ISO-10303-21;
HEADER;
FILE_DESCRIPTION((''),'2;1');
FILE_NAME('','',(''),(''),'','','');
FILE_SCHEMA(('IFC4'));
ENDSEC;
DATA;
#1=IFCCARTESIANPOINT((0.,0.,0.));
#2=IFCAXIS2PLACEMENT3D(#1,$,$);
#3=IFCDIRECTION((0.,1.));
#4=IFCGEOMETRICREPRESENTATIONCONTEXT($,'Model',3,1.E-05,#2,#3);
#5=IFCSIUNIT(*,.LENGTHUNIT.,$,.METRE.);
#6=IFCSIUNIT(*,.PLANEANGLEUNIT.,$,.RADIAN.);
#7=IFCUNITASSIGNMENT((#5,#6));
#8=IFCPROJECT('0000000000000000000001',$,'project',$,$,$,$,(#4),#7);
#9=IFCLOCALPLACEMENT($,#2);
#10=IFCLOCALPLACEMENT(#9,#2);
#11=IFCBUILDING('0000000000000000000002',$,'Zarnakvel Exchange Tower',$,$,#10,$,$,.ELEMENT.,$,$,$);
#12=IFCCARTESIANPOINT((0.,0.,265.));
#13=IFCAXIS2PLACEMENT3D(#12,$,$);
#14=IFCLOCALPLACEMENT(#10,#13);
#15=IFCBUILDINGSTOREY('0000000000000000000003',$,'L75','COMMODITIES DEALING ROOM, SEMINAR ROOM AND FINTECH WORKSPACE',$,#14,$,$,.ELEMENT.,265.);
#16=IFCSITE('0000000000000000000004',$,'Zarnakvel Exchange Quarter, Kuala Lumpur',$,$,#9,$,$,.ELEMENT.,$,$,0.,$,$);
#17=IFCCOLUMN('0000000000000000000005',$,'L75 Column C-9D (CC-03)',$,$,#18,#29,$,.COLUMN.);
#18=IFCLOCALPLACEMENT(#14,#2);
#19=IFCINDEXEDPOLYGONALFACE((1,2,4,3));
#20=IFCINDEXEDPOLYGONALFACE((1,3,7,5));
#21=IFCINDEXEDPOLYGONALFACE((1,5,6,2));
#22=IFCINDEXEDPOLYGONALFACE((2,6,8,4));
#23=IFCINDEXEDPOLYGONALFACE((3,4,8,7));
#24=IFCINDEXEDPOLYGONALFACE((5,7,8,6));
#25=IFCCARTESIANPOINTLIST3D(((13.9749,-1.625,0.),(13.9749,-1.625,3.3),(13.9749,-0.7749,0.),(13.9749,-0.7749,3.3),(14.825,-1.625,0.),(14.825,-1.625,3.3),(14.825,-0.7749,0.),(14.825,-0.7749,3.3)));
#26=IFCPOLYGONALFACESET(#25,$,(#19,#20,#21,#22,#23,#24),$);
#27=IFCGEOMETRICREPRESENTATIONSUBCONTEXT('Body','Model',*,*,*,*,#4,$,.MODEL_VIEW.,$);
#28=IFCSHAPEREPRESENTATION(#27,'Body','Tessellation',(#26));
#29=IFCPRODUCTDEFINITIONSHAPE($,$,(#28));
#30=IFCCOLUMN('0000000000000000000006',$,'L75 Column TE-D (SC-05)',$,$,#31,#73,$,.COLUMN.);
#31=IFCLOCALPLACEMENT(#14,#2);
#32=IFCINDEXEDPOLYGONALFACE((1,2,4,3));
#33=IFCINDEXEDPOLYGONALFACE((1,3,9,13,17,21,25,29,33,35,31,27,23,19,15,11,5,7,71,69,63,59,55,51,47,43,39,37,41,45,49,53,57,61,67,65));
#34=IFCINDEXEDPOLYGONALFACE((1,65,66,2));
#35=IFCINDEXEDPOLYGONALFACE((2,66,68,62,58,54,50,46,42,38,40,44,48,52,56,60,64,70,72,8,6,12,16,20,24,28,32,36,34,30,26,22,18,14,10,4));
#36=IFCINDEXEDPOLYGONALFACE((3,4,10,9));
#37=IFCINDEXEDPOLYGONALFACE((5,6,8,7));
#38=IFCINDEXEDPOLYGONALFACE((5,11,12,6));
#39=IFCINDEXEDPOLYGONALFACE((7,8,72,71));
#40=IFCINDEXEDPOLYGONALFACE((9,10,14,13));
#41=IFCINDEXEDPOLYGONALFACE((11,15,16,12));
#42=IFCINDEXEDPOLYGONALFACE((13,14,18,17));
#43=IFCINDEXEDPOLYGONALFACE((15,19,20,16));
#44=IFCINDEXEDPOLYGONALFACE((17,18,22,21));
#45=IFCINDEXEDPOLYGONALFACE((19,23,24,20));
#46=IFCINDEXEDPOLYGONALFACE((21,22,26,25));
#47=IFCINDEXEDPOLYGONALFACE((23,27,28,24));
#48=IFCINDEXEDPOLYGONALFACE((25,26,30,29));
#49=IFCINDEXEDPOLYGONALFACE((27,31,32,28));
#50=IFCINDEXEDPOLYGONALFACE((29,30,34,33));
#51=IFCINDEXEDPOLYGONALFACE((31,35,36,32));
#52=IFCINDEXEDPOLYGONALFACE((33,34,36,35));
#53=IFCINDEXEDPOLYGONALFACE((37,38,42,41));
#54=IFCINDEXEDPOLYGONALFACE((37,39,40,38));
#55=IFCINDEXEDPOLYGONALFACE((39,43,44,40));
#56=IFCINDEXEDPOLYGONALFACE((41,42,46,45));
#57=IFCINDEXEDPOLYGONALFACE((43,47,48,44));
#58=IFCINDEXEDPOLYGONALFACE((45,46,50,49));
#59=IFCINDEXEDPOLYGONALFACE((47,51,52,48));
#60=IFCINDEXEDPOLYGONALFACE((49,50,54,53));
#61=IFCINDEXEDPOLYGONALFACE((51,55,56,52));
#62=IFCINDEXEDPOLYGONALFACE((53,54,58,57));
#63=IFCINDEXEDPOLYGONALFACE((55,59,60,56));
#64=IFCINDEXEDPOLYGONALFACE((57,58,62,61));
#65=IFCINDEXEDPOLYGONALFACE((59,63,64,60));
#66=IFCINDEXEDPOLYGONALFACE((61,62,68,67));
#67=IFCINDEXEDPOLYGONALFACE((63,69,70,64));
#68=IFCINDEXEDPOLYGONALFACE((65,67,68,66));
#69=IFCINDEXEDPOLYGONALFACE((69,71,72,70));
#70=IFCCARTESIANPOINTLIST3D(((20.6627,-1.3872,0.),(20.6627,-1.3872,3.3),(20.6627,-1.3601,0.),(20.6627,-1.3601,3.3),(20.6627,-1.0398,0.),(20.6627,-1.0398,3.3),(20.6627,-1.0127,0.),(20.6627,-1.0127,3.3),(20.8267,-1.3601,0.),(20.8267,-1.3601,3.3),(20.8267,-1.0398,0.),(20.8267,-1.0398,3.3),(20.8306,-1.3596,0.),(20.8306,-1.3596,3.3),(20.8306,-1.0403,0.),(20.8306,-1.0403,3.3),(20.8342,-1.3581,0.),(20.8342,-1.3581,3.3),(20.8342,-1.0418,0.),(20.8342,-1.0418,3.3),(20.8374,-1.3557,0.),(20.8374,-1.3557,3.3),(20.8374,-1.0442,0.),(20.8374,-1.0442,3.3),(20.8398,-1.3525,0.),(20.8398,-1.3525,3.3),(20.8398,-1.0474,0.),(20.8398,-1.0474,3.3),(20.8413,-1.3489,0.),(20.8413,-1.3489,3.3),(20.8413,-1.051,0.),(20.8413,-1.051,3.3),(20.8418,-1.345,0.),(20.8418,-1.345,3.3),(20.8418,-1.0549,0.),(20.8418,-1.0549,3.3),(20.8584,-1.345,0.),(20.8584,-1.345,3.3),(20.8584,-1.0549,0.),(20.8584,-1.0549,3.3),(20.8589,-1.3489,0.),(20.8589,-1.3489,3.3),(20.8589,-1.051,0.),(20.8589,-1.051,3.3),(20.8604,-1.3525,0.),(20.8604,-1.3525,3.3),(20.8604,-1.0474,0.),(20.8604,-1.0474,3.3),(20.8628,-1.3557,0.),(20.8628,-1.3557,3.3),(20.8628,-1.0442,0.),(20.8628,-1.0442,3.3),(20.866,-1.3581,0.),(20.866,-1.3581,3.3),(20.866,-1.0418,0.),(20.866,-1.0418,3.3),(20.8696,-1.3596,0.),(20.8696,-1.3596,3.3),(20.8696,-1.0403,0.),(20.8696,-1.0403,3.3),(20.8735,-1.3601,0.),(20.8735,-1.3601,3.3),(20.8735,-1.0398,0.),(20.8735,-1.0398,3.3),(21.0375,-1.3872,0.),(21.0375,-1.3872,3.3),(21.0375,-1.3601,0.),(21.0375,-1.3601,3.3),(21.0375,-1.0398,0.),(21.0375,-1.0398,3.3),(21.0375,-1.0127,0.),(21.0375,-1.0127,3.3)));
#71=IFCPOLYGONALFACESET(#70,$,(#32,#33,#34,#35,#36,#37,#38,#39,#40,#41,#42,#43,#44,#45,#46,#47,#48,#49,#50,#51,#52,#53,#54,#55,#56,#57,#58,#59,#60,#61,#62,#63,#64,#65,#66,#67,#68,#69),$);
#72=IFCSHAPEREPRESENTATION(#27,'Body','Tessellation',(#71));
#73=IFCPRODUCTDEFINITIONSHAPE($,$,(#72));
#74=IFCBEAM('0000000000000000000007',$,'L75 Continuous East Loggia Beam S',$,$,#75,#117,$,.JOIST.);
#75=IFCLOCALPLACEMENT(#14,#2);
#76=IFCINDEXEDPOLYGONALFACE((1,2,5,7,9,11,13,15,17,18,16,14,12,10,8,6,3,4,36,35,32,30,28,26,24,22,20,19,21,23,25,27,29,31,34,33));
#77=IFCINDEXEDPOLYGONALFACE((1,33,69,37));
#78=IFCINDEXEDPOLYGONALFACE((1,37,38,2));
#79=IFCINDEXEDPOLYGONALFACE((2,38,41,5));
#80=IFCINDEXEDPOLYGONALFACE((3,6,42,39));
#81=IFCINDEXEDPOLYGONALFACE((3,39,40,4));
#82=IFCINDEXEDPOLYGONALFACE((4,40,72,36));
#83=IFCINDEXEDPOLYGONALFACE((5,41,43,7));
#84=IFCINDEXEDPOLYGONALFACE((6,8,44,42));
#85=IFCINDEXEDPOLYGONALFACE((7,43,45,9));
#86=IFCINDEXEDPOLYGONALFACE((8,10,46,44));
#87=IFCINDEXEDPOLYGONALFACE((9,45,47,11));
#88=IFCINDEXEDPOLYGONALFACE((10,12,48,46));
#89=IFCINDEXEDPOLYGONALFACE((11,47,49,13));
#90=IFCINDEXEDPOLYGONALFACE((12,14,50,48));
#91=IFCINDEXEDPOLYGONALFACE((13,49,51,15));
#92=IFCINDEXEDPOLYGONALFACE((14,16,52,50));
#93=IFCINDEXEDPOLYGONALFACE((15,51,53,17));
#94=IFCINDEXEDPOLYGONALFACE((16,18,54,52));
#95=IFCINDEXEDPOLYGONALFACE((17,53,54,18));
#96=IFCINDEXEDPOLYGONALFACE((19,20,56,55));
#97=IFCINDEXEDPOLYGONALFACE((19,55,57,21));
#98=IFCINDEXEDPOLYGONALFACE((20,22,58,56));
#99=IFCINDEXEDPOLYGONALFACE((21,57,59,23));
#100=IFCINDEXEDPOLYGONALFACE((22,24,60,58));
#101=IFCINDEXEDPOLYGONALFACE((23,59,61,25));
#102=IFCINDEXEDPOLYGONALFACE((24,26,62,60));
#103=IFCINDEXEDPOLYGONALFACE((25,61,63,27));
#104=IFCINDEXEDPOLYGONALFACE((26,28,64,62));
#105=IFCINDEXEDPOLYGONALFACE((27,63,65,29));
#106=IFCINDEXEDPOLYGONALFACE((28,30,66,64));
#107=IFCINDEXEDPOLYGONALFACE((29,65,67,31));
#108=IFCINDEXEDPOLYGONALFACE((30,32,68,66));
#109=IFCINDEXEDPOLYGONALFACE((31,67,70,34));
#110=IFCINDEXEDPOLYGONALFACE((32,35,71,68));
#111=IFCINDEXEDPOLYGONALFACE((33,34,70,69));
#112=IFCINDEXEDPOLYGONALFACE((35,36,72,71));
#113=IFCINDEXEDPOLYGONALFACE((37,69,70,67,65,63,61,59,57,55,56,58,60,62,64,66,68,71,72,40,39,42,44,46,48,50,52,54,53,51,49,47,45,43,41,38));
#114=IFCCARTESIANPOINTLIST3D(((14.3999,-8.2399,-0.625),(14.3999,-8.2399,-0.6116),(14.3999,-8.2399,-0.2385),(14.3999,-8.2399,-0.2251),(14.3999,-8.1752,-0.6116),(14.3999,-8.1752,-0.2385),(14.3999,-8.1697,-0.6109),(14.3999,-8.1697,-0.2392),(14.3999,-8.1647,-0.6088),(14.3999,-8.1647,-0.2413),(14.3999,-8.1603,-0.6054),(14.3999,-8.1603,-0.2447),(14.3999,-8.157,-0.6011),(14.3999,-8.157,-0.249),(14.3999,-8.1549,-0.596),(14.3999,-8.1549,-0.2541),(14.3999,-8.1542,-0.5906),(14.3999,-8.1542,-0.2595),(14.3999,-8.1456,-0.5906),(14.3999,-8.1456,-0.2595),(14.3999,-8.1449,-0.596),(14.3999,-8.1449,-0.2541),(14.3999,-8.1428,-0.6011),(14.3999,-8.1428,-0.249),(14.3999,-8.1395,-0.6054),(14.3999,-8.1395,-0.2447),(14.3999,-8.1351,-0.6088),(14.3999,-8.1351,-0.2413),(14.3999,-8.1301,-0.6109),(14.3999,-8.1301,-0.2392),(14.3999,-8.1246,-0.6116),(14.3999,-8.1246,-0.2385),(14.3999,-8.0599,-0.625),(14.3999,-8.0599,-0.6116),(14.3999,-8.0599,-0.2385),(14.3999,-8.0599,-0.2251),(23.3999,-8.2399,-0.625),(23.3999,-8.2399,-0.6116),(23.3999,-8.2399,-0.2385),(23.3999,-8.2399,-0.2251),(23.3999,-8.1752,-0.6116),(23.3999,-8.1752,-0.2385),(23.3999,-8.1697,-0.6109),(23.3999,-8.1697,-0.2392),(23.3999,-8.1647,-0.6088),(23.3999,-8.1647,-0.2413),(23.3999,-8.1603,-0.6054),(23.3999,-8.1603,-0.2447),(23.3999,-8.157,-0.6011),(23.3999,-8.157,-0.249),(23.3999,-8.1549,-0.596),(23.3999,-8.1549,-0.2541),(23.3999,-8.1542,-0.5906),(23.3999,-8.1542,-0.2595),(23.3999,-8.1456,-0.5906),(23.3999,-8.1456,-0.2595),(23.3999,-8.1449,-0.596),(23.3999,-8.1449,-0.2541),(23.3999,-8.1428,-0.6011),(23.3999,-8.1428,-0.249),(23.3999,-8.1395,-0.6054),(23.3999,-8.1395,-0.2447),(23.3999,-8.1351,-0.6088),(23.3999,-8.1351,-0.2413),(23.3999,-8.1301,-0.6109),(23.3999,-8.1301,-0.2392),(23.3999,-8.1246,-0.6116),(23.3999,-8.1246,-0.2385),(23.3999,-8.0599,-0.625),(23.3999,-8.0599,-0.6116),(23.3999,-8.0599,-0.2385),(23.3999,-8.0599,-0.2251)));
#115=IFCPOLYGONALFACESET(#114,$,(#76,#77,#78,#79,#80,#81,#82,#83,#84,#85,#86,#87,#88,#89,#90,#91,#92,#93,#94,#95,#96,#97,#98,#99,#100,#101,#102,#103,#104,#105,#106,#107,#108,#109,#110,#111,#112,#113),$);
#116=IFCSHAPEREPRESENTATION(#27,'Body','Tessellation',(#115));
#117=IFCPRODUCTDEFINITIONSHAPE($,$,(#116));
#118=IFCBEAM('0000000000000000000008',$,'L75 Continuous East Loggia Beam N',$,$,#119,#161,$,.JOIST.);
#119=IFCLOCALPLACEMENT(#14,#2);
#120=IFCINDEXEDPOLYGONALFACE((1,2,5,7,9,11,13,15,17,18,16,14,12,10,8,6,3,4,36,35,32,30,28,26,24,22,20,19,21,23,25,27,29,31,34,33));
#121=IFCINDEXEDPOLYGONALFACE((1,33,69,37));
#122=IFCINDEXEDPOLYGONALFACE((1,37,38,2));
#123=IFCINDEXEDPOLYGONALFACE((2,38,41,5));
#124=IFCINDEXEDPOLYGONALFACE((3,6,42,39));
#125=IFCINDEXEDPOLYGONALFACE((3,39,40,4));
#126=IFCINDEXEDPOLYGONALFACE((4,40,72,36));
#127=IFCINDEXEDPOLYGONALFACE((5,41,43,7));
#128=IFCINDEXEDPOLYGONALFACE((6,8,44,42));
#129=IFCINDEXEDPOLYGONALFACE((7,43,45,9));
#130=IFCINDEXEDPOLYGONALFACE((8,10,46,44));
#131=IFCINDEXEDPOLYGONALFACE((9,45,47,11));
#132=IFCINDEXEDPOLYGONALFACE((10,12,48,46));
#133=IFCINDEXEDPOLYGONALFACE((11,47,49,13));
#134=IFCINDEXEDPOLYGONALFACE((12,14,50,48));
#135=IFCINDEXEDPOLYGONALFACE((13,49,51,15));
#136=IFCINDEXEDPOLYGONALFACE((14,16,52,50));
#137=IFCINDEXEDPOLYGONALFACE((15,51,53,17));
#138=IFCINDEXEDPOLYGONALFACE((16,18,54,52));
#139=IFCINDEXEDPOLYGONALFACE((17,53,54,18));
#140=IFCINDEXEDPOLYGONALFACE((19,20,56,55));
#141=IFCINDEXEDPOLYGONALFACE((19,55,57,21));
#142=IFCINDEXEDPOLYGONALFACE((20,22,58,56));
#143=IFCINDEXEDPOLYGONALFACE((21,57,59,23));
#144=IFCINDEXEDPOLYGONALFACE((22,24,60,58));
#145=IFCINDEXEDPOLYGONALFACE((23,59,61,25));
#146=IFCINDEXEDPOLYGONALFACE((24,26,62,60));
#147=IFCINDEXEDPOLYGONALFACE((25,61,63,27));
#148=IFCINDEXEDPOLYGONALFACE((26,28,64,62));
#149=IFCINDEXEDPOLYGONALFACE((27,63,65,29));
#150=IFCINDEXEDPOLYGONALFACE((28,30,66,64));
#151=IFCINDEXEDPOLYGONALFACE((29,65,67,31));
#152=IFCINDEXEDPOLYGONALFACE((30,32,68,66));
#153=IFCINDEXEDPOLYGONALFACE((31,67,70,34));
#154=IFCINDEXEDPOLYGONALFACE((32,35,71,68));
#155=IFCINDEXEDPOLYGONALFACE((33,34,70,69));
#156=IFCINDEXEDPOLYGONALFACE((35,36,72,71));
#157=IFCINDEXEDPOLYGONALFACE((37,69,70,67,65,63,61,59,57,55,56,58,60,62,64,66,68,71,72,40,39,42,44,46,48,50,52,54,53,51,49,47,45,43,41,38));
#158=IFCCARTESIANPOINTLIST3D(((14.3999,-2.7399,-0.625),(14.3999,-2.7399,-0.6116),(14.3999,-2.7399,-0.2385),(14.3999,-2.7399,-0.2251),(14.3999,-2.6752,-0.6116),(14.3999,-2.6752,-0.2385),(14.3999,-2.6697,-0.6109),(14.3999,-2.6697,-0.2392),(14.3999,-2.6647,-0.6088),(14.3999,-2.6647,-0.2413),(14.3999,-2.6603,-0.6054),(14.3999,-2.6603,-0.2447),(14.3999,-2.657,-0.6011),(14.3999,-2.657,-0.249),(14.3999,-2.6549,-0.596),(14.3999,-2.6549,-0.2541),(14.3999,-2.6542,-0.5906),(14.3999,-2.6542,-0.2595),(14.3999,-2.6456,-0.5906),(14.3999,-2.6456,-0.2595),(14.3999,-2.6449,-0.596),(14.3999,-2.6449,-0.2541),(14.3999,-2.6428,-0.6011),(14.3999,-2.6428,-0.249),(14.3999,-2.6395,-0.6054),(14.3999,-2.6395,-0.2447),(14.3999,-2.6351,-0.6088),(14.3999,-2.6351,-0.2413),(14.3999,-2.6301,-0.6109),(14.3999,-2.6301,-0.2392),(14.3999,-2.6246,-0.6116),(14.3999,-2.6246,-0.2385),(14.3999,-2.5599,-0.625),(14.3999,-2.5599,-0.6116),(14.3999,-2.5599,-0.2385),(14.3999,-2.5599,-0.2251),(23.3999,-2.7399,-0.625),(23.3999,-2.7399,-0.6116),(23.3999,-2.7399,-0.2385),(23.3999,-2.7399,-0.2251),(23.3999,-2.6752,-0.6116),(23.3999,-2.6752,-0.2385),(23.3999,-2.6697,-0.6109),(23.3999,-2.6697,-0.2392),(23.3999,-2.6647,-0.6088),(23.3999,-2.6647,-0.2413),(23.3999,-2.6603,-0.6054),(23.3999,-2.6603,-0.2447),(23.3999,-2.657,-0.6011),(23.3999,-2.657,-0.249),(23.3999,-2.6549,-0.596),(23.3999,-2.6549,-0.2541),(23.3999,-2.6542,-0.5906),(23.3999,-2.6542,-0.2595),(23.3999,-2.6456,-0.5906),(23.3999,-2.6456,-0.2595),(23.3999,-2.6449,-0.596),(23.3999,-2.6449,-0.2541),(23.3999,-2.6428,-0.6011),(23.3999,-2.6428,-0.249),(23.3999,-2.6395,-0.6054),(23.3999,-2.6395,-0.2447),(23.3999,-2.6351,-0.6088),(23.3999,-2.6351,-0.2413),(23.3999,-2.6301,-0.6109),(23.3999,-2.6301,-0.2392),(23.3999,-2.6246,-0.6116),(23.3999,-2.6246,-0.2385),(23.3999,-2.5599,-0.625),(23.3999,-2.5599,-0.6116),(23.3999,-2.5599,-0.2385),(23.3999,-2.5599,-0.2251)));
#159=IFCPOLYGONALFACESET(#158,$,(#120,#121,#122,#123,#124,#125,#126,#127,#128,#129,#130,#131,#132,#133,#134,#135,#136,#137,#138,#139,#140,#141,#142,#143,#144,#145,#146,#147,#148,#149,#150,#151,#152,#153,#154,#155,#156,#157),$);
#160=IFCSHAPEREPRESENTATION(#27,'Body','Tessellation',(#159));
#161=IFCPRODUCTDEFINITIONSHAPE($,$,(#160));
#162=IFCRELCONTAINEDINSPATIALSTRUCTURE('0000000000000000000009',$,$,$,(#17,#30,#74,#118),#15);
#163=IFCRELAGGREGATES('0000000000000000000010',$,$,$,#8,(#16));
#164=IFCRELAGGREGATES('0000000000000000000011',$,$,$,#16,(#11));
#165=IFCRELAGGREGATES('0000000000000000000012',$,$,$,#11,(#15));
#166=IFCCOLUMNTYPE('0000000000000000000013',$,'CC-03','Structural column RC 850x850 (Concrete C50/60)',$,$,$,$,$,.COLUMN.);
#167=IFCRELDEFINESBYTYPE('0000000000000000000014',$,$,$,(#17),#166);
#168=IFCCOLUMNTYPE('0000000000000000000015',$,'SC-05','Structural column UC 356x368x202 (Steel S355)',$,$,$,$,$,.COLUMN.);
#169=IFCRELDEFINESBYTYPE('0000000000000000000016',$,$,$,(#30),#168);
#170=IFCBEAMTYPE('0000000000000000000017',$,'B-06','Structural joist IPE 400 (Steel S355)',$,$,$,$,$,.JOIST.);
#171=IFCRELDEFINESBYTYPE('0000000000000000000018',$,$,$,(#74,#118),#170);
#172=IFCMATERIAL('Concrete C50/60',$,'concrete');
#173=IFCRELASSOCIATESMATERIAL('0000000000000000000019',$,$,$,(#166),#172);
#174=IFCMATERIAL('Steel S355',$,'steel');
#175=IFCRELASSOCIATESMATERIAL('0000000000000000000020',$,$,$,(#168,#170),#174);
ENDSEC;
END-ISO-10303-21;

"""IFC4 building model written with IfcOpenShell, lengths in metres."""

from ifc_helpers import new_model, si_unit, direction, frame, origin, origin_2d, place, context, subcontext, project, spatial, rectangle, i_section, extrude, material, material_profile, profile_set, type_object, element, save


model = new_model("IFC4")

# Units and contexts
model_context = context("Model", 3, precision=1e-05, world=origin(), true_north=direction((0.0, 1.0)))
body_context = subcontext(model_context, "Body", "Model", "MODEL_VIEW")
ifc_project = project(units=[si_unit("LENGTHUNIT", "METRE"), si_unit("PLANEANGLEUNIT", "RADIAN")], contexts=[model_context])

# Site, building, storey
site_placement = place(None, origin())
site = spatial("IfcSite", under=ifc_project, at=site_placement, Name="Zarnakvel Exchange Quarter, Kuala Lumpur", CompositionType="ELEMENT", RefElevation=0.0)
building_placement = place(site_placement, origin())
building = spatial("IfcBuilding", under=site, at=building_placement, Name="Zarnakvel Exchange Tower", CompositionType="ELEMENT")
storey_placement = place(building_placement, frame((0.0, 0.0, 265.0)))
storey = spatial("IfcBuildingStorey", under=building, at=storey_placement, Name="L75", Description="COMMODITIES DEALING ROOM, SEMINAR ROOM AND FINTECH WORKSPACE", CompositionType="ELEMENT", Elevation=265.0)

# Columns
ifc_material_1 = material(Name="Concrete C50/60", Category="concrete")
ifc_material_profile_1 = material_profile(ifc_material_1, rectangle(XDim=0.8501, YDim=0.8501, at=origin_2d()))
ifc_profile_set_1 = profile_set([ifc_material_profile_1], Name="Concrete C50/60")
column_type_1 = type_object("IfcColumnType", Name="CC-03", Description="Structural column RC 850x850 (Concrete C50/60)", PredefinedType="COLUMN", material=ifc_profile_set_1)
column_1_placement = place(storey_placement, frame((14.3999, -1.2, 0.0), z_axis=(0.0, 0.0, 1.0), x_axis=(1.0, 0.0, 0.0)))
element("IfcColumn", 1, at=column_1_placement, inside=storey, type_object=column_type_1, Name="L75 Column C-9D (CC-03)", PredefinedType="COLUMN", context=body_context, shape_type="SweptSolid", body=[
    extrude(rectangle(XDim=0.8501, YDim=0.8501, at=origin_2d()), origin(), (0.0, 0.0, 1.0), 3.3),
])
ifc_material_2 = material(Name="Steel S355", Category="steel")
ifc_material_profile_2 = material_profile(ifc_material_2, i_section(OverallWidth=0.3748, OverallDepth=0.3745, WebThickness=0.0166, FlangeThickness=0.0271, FilletRadius=0.0151, at=origin_2d()))
ifc_profile_set_2 = profile_set([ifc_material_profile_2], Name="Steel S355")
column_type_2 = type_object("IfcColumnType", Name="SC-05", Description="Structural column UC 356x368x202 (Steel S355)", PredefinedType="COLUMN", material=ifc_profile_set_2)
column_2_placement = place(storey_placement, frame((20.8501, -1.2, 0.0), z_axis=(0.0, 0.0, 1.0), x_axis=(1.0, 0.0, 0.0)))
element("IfcColumn", 2, at=column_2_placement, inside=storey, type_object=column_type_2, Name="L75 Column TE-D (SC-05)", PredefinedType="COLUMN", context=body_context, shape_type="SweptSolid", body=[
    extrude(i_section(OverallWidth=0.3748, OverallDepth=0.3745, WebThickness=0.0166, FlangeThickness=0.0271, FilletRadius=0.0151, at=origin_2d()), origin(), (0.0, 0.0, 1.0), 3.3),
])

# Beams
ifc_material_profile_3 = material_profile(ifc_material_2, i_section(OverallWidth=0.1799, OverallDepth=0.3999, WebThickness=0.0085, FlangeThickness=0.0134, FilletRadius=0.021, at=origin_2d()))
ifc_profile_set_3 = profile_set([ifc_material_profile_3], Name="Steel S355")
beam_type_1 = type_object("IfcBeamType", Name="B-06", Description="Structural joist IPE 400 (Steel S355)", PredefinedType="JOIST", material=ifc_profile_set_3)
for number, where, z_axis, x_axis, name in (
    (3, (14.3999, -8.1499, -0.425), (1.0, 0.0, 0.0), (0.0, 1.0, 0.0), "L75 Continuous East Loggia Beam S"),
    (4, (14.3999, -2.6499, -0.425), (1.0, 0.0, 0.0), (0.0, 1.0, 0.0), "L75 Continuous East Loggia Beam N"),
):
    element("IfcBeam", number, at=place(storey_placement, frame(where, z_axis=z_axis, x_axis=x_axis)), inside=storey, type_object=beam_type_1, Name=name, PredefinedType="JOIST", context=body_context, shape_type="SweptSolid", body=[
        extrude(i_section(OverallWidth=0.1799, OverallDepth=0.3999, WebThickness=0.0085, FlangeThickness=0.0134, FilletRadius=0.021, at=origin_2d()), origin(), (0.0, 0.0, 1.0), 9.0),
    ])

save(model, "model.ifc")
